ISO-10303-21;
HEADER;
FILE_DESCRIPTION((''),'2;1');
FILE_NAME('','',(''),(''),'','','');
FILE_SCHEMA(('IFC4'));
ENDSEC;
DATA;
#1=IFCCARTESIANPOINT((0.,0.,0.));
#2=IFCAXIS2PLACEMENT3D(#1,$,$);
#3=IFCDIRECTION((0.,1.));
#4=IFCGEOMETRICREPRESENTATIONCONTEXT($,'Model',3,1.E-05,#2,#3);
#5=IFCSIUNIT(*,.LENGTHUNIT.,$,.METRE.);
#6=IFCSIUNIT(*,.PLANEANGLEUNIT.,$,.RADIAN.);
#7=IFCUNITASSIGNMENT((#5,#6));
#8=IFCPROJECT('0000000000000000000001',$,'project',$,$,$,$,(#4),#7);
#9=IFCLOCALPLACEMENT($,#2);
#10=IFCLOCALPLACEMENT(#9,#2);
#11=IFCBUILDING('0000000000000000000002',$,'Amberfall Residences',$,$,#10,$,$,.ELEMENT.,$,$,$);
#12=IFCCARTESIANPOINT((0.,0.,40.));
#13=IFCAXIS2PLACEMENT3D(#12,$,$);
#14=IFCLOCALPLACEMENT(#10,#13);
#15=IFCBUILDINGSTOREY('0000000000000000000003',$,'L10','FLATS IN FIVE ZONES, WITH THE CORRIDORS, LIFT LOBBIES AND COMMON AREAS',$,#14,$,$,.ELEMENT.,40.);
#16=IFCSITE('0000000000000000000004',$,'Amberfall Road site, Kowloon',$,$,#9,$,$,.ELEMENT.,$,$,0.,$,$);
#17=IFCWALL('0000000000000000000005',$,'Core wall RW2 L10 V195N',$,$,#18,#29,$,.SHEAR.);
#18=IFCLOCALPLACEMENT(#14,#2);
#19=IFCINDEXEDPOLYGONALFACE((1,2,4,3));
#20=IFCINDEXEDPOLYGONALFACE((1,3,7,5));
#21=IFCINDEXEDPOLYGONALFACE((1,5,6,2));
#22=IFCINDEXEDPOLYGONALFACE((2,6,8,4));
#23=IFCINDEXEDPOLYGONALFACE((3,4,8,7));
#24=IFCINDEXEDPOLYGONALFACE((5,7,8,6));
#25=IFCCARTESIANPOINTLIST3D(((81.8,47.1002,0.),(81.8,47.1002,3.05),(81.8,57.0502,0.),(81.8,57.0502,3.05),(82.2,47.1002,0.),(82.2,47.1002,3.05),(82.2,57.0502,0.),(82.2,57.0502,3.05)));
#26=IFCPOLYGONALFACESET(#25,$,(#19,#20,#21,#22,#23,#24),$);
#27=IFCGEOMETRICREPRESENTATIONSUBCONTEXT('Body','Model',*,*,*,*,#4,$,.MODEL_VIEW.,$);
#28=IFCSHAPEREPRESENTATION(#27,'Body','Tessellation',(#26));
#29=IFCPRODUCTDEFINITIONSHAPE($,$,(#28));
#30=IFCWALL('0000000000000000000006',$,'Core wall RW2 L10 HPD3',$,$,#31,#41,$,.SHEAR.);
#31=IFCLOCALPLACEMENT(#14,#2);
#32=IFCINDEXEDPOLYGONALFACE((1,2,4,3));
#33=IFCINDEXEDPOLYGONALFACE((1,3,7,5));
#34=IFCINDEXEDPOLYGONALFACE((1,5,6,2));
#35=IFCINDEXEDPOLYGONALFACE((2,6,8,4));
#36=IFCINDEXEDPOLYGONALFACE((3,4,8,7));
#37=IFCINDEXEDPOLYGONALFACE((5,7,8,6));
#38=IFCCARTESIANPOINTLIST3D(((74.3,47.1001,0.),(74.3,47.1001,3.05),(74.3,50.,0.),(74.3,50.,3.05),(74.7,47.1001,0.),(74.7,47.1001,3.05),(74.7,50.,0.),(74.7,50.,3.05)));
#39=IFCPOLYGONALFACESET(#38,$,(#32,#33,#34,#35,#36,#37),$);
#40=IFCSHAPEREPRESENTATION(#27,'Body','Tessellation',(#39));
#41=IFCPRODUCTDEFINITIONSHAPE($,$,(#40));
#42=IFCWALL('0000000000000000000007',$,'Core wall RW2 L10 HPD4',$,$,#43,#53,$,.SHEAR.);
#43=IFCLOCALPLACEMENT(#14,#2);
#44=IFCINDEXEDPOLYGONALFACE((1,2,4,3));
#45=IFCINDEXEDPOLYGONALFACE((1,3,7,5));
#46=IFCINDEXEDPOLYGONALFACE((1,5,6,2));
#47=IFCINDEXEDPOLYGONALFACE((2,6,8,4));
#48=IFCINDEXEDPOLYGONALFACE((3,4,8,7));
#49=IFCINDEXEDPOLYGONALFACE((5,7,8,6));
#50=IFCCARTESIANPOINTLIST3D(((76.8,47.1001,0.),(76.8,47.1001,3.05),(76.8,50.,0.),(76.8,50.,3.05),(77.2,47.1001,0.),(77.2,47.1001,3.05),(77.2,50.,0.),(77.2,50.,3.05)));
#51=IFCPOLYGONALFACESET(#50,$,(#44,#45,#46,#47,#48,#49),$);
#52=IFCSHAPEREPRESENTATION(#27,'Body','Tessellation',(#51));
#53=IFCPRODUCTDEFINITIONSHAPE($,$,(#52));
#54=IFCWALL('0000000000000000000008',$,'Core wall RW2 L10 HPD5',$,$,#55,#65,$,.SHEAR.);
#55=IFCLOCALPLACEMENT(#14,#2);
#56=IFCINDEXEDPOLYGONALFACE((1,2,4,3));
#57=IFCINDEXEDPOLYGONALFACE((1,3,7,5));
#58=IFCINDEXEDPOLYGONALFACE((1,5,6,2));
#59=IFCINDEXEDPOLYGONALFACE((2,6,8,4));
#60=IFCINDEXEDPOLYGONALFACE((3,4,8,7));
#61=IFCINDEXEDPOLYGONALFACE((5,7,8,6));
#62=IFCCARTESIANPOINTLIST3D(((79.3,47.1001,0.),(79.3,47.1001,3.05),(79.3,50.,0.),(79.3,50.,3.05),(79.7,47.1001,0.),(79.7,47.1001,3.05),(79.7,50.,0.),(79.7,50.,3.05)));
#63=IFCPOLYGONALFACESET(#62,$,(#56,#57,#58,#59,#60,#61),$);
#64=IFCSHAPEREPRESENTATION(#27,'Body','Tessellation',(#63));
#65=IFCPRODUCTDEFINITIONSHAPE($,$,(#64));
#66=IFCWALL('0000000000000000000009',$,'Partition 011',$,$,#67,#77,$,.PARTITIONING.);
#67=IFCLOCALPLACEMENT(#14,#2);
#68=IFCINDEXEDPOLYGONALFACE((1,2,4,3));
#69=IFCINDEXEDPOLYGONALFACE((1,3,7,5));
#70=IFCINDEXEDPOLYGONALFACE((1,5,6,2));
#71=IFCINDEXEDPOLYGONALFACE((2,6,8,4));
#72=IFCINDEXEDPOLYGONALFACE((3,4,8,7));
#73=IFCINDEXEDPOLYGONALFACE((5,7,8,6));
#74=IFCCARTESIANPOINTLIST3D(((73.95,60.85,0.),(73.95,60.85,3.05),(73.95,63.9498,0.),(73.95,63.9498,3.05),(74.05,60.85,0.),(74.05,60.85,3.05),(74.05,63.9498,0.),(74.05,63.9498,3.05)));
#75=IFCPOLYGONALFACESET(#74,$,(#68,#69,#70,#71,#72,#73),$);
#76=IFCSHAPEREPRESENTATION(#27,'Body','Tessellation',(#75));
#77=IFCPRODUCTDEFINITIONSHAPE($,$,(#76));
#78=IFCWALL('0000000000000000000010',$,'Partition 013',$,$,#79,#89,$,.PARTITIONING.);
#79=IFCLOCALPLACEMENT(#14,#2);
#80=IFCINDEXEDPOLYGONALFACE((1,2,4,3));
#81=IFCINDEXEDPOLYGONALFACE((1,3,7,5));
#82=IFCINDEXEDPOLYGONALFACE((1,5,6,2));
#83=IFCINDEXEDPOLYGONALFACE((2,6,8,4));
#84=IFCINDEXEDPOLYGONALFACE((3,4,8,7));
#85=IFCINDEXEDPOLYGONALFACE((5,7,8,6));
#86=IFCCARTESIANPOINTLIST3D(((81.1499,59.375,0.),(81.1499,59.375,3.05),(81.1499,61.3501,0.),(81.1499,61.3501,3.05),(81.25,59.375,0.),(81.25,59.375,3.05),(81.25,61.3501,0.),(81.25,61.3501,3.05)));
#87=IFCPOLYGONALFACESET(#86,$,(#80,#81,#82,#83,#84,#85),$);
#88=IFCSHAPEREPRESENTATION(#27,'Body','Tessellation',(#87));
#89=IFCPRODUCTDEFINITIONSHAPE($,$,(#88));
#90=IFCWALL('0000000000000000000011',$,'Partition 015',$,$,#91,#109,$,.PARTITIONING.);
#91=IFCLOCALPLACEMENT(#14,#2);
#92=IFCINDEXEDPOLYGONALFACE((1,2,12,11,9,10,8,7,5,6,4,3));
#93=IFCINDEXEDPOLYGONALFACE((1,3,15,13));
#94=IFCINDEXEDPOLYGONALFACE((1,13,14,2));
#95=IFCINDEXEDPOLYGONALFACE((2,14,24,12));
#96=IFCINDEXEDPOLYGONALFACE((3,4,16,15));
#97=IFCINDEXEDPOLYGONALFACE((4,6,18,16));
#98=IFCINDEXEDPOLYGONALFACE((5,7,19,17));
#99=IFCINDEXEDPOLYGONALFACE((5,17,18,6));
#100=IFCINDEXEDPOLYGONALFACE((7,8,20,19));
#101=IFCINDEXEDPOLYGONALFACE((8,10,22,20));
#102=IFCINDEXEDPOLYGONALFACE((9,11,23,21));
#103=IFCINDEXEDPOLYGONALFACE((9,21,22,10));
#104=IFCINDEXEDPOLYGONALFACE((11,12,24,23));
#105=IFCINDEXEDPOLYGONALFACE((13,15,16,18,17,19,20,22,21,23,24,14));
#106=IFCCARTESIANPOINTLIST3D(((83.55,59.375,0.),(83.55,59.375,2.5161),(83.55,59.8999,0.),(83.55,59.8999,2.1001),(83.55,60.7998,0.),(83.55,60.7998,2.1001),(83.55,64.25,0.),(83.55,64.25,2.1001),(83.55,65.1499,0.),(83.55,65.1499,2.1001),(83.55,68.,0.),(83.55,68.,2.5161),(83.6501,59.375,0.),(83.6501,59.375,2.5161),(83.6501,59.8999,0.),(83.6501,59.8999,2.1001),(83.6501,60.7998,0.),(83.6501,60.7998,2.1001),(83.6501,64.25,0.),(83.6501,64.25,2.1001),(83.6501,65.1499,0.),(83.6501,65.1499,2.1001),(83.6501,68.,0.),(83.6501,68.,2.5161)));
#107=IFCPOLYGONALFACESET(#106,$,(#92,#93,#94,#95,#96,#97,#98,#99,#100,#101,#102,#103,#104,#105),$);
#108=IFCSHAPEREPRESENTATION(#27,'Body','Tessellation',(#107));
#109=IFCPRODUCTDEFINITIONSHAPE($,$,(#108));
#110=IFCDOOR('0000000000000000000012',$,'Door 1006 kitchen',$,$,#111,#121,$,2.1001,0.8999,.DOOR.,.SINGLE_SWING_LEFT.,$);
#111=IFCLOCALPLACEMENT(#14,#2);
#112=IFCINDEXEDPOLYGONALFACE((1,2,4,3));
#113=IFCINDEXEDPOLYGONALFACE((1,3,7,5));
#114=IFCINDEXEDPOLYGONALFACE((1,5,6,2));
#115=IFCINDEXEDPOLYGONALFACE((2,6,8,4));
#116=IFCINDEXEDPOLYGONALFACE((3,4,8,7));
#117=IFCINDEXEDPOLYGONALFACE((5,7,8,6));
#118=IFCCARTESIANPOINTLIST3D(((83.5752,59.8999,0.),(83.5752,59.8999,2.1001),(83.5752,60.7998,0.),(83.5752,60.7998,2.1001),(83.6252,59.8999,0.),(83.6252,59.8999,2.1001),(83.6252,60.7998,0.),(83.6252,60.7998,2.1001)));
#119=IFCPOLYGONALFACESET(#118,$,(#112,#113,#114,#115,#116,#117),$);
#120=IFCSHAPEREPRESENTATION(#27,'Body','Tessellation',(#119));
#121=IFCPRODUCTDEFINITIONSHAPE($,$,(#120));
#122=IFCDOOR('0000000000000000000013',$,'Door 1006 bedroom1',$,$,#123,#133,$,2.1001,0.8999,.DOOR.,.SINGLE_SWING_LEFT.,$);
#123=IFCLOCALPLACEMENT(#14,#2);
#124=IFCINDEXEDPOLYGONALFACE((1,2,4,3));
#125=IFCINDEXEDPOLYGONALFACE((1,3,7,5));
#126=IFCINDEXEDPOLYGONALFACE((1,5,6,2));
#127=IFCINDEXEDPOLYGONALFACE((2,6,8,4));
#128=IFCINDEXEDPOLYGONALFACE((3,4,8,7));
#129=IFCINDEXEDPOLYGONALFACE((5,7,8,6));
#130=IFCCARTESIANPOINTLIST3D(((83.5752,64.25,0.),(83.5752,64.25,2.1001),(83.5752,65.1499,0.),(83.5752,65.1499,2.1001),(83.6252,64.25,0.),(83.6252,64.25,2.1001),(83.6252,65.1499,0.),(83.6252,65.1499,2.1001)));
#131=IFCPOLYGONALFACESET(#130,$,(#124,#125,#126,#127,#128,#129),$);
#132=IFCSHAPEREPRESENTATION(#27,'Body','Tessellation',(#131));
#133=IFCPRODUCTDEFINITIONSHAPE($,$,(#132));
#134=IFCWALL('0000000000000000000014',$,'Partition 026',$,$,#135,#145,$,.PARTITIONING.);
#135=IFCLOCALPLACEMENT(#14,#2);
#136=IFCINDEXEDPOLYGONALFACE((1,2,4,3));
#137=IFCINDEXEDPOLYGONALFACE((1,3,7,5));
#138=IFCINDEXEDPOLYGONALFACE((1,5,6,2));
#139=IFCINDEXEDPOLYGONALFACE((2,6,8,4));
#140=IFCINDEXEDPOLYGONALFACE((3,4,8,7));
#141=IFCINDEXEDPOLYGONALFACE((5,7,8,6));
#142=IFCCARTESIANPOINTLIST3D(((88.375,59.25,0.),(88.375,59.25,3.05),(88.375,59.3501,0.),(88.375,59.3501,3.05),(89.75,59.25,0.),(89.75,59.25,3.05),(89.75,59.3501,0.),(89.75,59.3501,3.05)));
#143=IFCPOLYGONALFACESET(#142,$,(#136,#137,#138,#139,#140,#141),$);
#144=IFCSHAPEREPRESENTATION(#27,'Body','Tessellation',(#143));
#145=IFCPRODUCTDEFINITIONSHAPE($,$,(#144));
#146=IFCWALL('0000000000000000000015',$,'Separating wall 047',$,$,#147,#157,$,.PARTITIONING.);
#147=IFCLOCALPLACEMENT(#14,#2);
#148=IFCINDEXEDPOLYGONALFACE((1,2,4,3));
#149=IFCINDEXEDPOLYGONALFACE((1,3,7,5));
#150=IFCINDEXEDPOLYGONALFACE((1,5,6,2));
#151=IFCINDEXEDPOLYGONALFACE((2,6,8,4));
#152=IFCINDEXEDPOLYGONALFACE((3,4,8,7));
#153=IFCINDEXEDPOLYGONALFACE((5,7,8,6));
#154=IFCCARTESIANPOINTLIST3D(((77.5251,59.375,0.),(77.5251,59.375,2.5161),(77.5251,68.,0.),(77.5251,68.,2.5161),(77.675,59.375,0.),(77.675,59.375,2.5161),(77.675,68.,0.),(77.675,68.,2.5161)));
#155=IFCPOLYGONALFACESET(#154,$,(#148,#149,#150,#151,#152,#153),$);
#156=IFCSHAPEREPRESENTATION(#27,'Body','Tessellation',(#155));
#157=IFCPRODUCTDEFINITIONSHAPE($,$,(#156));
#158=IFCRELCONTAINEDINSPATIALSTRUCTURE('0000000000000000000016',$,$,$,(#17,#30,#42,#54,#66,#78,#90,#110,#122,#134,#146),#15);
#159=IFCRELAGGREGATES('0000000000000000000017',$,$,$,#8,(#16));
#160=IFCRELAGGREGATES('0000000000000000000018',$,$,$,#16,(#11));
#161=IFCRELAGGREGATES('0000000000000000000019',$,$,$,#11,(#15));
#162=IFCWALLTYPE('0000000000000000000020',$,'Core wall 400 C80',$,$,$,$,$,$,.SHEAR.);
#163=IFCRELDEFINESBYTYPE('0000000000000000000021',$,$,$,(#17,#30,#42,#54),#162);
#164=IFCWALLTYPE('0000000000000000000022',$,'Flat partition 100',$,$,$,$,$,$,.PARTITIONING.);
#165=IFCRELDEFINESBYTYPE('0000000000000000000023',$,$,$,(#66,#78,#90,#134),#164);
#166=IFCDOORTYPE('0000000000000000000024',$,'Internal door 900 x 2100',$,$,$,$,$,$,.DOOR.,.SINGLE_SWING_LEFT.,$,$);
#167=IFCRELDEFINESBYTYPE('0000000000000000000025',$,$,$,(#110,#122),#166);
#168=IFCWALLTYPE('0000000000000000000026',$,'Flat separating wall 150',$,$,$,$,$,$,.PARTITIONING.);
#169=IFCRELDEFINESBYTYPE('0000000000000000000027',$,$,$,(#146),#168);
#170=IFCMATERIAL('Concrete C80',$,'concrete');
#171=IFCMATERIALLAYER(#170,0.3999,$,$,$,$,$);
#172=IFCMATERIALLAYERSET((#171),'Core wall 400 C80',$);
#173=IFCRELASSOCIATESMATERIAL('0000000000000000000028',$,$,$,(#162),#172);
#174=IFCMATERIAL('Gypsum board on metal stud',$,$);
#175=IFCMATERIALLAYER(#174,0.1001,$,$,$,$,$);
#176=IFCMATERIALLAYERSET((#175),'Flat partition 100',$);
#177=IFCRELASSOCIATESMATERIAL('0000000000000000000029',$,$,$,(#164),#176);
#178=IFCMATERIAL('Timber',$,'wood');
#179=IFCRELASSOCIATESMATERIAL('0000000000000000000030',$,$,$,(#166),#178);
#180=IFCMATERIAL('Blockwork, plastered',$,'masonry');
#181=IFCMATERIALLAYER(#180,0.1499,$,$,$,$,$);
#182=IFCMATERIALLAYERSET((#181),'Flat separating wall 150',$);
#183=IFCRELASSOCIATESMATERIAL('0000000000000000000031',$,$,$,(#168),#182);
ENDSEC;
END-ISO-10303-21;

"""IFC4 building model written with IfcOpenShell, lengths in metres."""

from ifc_helpers import new_model, si_unit, direction, frame, frame_2d, origin, place, context, subcontext, project, spatial, rectangle, extrude, material, layer, layer_set, type_object, element, fill, save


model = new_model("IFC4")

# Units and contexts
model_context = context("Model", 3, precision=1e-05, world=origin(), true_north=direction((0.0, 1.0)))
body_context = subcontext(model_context, "Body", "Model", "MODEL_VIEW")
ifc_project = project(units=[si_unit("LENGTHUNIT", "METRE"), si_unit("PLANEANGLEUNIT", "RADIAN")], contexts=[model_context])

# Site, building, storey
site_placement = place(None, origin())
site = spatial("IfcSite", under=ifc_project, at=site_placement, Name="Amberfall Road site, Kowloon", CompositionType="ELEMENT", RefElevation=0.0)
building_placement = place(site_placement, origin())
building = spatial("IfcBuilding", under=site, at=building_placement, Name="Amberfall Residences", CompositionType="ELEMENT")
storey_placement = place(building_placement, frame((0.0, 0.0, 40.0)))
storey = spatial("IfcBuildingStorey", under=building, at=storey_placement, Name="L10", Description="FLATS IN FIVE ZONES, WITH THE CORRIDORS, LIFT LOBBIES AND COMMON AREAS", CompositionType="ELEMENT", Elevation=40.0)

# Walls
ifc_material_1 = material(Name="Concrete C80", Category="concrete")
ifc_layer_1 = layer(ifc_material_1, 0.3999)
ifc_layer_set_1 = layer_set([ifc_layer_1], Name="Core wall 400 C80")
wall_type_1 = type_object("IfcWallType", Name="Core wall 400 C80", PredefinedType="SHEAR", material=ifc_layer_set_1)
wall_1_placement = place(storey_placement, frame((82.0, 47.1001, 0.0), z_axis=(0.0, 0.0, 1.0), x_axis=(0.0, 1.0, 0.0)))
element("IfcWall", 1, at=wall_1_placement, inside=storey, type_object=wall_type_1, Name="Core wall RW2 L10 V195N", PredefinedType="SHEAR", context=body_context, shape_type="SweptSolid", body=[
    extrude(rectangle(XDim=9.95, YDim=0.3999, at=frame_2d((4.9751, 0.0))), origin(), (0.0, 0.0, 1.0), 3.05),
])
for number, where, z_axis, x_axis, name in (
    (2, (74.5, 47.1001, 0.0), (0.0, 0.0, 1.0), (0.0, 1.0, 0.0), "Core wall RW2 L10 HPD3"),
    (3, (77.0, 47.1001, 0.0), (0.0, 0.0, 1.0), (0.0, 1.0, 0.0), "Core wall RW2 L10 HPD4"),
    (4, (79.5, 47.1001, 0.0), (0.0, 0.0, 1.0), (0.0, 1.0, 0.0), "Core wall RW2 L10 HPD5"),
):
    element("IfcWall", number, at=place(storey_placement, frame(where, z_axis=z_axis, x_axis=x_axis)), inside=storey, type_object=wall_type_1, Name=name, PredefinedType="SHEAR", context=body_context, shape_type="SweptSolid", body=[
        extrude(rectangle(XDim=2.8999, YDim=0.3999, at=frame_2d((1.45, 0.0))), origin(), (0.0, 0.0, 1.0), 3.05),
    ])
ifc_material_2 = material(Name="Gypsum board on metal stud")
ifc_layer_2 = layer(ifc_material_2, 0.1001)
ifc_layer_set_2 = layer_set([ifc_layer_2], Name="Flat partition 100")
wall_type_2 = type_object("IfcWallType", Name="Flat partition 100", PredefinedType="PARTITIONING", material=ifc_layer_set_2)
wall_2_placement = place(storey_placement, frame((74.0, 60.8501, 0.0), z_axis=(0.0, 0.0, 1.0), x_axis=(0.0, 1.0, 0.0)))
element("IfcWall", 5, at=wall_2_placement, inside=storey, type_object=wall_type_2, Name="Partition 011", PredefinedType="PARTITIONING", context=body_context, shape_type="SweptSolid", body=[
    extrude(rectangle(XDim=3.0999, YDim=0.1001, at=frame_2d((1.5498, 0.0))), origin(), (0.0, 0.0, 1.0), 3.05),
])
wall_3_placement = place(storey_placement, frame((81.2, 59.375, 0.0), z_axis=(0.0, 0.0, 1.0), x_axis=(0.0, 1.0, 0.0)))
element("IfcWall", 6, at=wall_3_placement, inside=storey, type_object=wall_type_2, Name="Partition 013", PredefinedType="PARTITIONING", context=body_context, shape_type="SweptSolid", body=[
    extrude(rectangle(XDim=1.9751, YDim=0.1001, at=frame_2d((0.9875, 0.0))), origin(), (0.0, 0.0, 1.0), 3.05),
])

# Wall, openings, doors
wall_4_placement = place(storey_placement, frame((83.6001, 59.375, 0.0), z_axis=(0.0, 0.0, 1.0), x_axis=(0.0, 1.0, 0.0)))
wall_4 = element("IfcWall", 7, at=wall_4_placement, inside=storey, type_object=wall_type_2, Name="Partition 015", PredefinedType="PARTITIONING", context=body_context, shape_type="SweptSolid", body=[
    extrude(rectangle(XDim=8.625, YDim=0.1001, at=frame_2d((4.3125, 0.0))), origin(), (0.0, 0.0, 1.0), 2.5161),
])
opening_1_placement = place(wall_4_placement, frame((0.5249, 0.0, 0.0)))
opening_1 = element("IfcOpeningElement", 8, at=opening_1_placement, cuts=wall_4, PredefinedType="OPENING", context=body_context, shape_type="SweptSolid", body=[
    extrude(rectangle(XDim=0.8999, YDim=2.1001, at=frame_2d((0.45, 1.05))), frame((0.0, 0.0601, 0.0), z_axis=(0.0, -1.0, 0.0), x_axis=(1.0, 0.0, 0.0)), (0.0, 0.0, 1.0), 0.1201),
])
opening_2_placement = place(wall_4_placement, frame((4.875, 0.0, 0.0)))
opening_2 = element("IfcOpeningElement", 9, at=opening_2_placement, cuts=wall_4, PredefinedType="OPENING", context=body_context, shape_type="SweptSolid", body=[
    extrude(rectangle(XDim=0.8999, YDim=2.1001, at=frame_2d((0.45, 1.05))), frame((0.0, 0.0601, 0.0), z_axis=(0.0, -1.0, 0.0), x_axis=(1.0, 0.0, 0.0)), (0.0, 0.0, 1.0), 0.1201),
])
ifc_material_3 = material(Name="Timber", Category="wood")
door_type_1 = type_object("IfcDoorType", Name="Internal door 900 x 2100", OperationType="SINGLE_SWING_LEFT", PredefinedType="DOOR", material=ifc_material_3)
door_1_placement = place(opening_1_placement, origin())
door_1 = element("IfcDoor", 10, at=door_1_placement, inside=storey, type_object=door_type_1, Name="Door 1006 kitchen", OperationType="SINGLE_SWING_LEFT", OverallHeight=2.1001, OverallWidth=0.8999, PredefinedType="DOOR", context=body_context, shape_type="SweptSolid", body=[
    extrude(rectangle(XDim=0.8999, YDim=2.1001, at=frame_2d((0.45, 1.05))), frame((0.0, 0.0249, 0.0), z_axis=(0.0, -1.0, 0.0), x_axis=(1.0, 0.0, 0.0)), (0.0, 0.0, 1.0), 0.05),
])
fill(opening_1, door_1)
door_2_placement = place(opening_2_placement, origin())
door_2 = element("IfcDoor", 11, at=door_2_placement, inside=storey, type_object=door_type_1, Name="Door 1006 bedroom1", OperationType="SINGLE_SWING_LEFT", OverallHeight=2.1001, OverallWidth=0.8999, PredefinedType="DOOR", context=body_context, shape_type="SweptSolid", body=[
    extrude(rectangle(XDim=0.8999, YDim=2.1001, at=frame_2d((0.45, 1.05))), frame((0.0, 0.0249, 0.0), z_axis=(0.0, -1.0, 0.0), x_axis=(1.0, 0.0, 0.0)), (0.0, 0.0, 1.0), 0.05),
])
fill(opening_2, door_2)

# Walls
wall_5_placement = place(storey_placement, frame((88.375, 59.3, 0.0), z_axis=(0.0, 0.0, 1.0), x_axis=(1.0, 0.0, 0.0)))
element("IfcWall", 12, at=wall_5_placement, inside=storey, type_object=wall_type_2, Name="Partition 026", PredefinedType="PARTITIONING", context=body_context, shape_type="SweptSolid", body=[
    extrude(rectangle(XDim=1.375, YDim=0.1001, at=frame_2d((0.6875, 0.0))), origin(), (0.0, 0.0, 1.0), 3.05),
])
ifc_material_4 = material(Name="Blockwork, plastered", Category="masonry")
ifc_layer_3 = layer(ifc_material_4, 0.1499)
ifc_layer_set_3 = layer_set([ifc_layer_3], Name="Flat separating wall 150")
wall_type_3 = type_object("IfcWallType", Name="Flat separating wall 150", PredefinedType="PARTITIONING", material=ifc_layer_set_3)
wall_6_placement = place(storey_placement, frame((77.6001, 59.375, 0.0), z_axis=(0.0, 0.0, 1.0), x_axis=(0.0, 1.0, 0.0)))
element("IfcWall", 13, at=wall_6_placement, inside=storey, type_object=wall_type_3, Name="Separating wall 047", PredefinedType="PARTITIONING", context=body_context, shape_type="SweptSolid", body=[
    extrude(rectangle(XDim=8.625, YDim=0.1499, at=frame_2d((4.3125, 0.0))), origin(), (0.0, 0.0, 1.0), 2.5161),
])

save(model, "model.ifc")
